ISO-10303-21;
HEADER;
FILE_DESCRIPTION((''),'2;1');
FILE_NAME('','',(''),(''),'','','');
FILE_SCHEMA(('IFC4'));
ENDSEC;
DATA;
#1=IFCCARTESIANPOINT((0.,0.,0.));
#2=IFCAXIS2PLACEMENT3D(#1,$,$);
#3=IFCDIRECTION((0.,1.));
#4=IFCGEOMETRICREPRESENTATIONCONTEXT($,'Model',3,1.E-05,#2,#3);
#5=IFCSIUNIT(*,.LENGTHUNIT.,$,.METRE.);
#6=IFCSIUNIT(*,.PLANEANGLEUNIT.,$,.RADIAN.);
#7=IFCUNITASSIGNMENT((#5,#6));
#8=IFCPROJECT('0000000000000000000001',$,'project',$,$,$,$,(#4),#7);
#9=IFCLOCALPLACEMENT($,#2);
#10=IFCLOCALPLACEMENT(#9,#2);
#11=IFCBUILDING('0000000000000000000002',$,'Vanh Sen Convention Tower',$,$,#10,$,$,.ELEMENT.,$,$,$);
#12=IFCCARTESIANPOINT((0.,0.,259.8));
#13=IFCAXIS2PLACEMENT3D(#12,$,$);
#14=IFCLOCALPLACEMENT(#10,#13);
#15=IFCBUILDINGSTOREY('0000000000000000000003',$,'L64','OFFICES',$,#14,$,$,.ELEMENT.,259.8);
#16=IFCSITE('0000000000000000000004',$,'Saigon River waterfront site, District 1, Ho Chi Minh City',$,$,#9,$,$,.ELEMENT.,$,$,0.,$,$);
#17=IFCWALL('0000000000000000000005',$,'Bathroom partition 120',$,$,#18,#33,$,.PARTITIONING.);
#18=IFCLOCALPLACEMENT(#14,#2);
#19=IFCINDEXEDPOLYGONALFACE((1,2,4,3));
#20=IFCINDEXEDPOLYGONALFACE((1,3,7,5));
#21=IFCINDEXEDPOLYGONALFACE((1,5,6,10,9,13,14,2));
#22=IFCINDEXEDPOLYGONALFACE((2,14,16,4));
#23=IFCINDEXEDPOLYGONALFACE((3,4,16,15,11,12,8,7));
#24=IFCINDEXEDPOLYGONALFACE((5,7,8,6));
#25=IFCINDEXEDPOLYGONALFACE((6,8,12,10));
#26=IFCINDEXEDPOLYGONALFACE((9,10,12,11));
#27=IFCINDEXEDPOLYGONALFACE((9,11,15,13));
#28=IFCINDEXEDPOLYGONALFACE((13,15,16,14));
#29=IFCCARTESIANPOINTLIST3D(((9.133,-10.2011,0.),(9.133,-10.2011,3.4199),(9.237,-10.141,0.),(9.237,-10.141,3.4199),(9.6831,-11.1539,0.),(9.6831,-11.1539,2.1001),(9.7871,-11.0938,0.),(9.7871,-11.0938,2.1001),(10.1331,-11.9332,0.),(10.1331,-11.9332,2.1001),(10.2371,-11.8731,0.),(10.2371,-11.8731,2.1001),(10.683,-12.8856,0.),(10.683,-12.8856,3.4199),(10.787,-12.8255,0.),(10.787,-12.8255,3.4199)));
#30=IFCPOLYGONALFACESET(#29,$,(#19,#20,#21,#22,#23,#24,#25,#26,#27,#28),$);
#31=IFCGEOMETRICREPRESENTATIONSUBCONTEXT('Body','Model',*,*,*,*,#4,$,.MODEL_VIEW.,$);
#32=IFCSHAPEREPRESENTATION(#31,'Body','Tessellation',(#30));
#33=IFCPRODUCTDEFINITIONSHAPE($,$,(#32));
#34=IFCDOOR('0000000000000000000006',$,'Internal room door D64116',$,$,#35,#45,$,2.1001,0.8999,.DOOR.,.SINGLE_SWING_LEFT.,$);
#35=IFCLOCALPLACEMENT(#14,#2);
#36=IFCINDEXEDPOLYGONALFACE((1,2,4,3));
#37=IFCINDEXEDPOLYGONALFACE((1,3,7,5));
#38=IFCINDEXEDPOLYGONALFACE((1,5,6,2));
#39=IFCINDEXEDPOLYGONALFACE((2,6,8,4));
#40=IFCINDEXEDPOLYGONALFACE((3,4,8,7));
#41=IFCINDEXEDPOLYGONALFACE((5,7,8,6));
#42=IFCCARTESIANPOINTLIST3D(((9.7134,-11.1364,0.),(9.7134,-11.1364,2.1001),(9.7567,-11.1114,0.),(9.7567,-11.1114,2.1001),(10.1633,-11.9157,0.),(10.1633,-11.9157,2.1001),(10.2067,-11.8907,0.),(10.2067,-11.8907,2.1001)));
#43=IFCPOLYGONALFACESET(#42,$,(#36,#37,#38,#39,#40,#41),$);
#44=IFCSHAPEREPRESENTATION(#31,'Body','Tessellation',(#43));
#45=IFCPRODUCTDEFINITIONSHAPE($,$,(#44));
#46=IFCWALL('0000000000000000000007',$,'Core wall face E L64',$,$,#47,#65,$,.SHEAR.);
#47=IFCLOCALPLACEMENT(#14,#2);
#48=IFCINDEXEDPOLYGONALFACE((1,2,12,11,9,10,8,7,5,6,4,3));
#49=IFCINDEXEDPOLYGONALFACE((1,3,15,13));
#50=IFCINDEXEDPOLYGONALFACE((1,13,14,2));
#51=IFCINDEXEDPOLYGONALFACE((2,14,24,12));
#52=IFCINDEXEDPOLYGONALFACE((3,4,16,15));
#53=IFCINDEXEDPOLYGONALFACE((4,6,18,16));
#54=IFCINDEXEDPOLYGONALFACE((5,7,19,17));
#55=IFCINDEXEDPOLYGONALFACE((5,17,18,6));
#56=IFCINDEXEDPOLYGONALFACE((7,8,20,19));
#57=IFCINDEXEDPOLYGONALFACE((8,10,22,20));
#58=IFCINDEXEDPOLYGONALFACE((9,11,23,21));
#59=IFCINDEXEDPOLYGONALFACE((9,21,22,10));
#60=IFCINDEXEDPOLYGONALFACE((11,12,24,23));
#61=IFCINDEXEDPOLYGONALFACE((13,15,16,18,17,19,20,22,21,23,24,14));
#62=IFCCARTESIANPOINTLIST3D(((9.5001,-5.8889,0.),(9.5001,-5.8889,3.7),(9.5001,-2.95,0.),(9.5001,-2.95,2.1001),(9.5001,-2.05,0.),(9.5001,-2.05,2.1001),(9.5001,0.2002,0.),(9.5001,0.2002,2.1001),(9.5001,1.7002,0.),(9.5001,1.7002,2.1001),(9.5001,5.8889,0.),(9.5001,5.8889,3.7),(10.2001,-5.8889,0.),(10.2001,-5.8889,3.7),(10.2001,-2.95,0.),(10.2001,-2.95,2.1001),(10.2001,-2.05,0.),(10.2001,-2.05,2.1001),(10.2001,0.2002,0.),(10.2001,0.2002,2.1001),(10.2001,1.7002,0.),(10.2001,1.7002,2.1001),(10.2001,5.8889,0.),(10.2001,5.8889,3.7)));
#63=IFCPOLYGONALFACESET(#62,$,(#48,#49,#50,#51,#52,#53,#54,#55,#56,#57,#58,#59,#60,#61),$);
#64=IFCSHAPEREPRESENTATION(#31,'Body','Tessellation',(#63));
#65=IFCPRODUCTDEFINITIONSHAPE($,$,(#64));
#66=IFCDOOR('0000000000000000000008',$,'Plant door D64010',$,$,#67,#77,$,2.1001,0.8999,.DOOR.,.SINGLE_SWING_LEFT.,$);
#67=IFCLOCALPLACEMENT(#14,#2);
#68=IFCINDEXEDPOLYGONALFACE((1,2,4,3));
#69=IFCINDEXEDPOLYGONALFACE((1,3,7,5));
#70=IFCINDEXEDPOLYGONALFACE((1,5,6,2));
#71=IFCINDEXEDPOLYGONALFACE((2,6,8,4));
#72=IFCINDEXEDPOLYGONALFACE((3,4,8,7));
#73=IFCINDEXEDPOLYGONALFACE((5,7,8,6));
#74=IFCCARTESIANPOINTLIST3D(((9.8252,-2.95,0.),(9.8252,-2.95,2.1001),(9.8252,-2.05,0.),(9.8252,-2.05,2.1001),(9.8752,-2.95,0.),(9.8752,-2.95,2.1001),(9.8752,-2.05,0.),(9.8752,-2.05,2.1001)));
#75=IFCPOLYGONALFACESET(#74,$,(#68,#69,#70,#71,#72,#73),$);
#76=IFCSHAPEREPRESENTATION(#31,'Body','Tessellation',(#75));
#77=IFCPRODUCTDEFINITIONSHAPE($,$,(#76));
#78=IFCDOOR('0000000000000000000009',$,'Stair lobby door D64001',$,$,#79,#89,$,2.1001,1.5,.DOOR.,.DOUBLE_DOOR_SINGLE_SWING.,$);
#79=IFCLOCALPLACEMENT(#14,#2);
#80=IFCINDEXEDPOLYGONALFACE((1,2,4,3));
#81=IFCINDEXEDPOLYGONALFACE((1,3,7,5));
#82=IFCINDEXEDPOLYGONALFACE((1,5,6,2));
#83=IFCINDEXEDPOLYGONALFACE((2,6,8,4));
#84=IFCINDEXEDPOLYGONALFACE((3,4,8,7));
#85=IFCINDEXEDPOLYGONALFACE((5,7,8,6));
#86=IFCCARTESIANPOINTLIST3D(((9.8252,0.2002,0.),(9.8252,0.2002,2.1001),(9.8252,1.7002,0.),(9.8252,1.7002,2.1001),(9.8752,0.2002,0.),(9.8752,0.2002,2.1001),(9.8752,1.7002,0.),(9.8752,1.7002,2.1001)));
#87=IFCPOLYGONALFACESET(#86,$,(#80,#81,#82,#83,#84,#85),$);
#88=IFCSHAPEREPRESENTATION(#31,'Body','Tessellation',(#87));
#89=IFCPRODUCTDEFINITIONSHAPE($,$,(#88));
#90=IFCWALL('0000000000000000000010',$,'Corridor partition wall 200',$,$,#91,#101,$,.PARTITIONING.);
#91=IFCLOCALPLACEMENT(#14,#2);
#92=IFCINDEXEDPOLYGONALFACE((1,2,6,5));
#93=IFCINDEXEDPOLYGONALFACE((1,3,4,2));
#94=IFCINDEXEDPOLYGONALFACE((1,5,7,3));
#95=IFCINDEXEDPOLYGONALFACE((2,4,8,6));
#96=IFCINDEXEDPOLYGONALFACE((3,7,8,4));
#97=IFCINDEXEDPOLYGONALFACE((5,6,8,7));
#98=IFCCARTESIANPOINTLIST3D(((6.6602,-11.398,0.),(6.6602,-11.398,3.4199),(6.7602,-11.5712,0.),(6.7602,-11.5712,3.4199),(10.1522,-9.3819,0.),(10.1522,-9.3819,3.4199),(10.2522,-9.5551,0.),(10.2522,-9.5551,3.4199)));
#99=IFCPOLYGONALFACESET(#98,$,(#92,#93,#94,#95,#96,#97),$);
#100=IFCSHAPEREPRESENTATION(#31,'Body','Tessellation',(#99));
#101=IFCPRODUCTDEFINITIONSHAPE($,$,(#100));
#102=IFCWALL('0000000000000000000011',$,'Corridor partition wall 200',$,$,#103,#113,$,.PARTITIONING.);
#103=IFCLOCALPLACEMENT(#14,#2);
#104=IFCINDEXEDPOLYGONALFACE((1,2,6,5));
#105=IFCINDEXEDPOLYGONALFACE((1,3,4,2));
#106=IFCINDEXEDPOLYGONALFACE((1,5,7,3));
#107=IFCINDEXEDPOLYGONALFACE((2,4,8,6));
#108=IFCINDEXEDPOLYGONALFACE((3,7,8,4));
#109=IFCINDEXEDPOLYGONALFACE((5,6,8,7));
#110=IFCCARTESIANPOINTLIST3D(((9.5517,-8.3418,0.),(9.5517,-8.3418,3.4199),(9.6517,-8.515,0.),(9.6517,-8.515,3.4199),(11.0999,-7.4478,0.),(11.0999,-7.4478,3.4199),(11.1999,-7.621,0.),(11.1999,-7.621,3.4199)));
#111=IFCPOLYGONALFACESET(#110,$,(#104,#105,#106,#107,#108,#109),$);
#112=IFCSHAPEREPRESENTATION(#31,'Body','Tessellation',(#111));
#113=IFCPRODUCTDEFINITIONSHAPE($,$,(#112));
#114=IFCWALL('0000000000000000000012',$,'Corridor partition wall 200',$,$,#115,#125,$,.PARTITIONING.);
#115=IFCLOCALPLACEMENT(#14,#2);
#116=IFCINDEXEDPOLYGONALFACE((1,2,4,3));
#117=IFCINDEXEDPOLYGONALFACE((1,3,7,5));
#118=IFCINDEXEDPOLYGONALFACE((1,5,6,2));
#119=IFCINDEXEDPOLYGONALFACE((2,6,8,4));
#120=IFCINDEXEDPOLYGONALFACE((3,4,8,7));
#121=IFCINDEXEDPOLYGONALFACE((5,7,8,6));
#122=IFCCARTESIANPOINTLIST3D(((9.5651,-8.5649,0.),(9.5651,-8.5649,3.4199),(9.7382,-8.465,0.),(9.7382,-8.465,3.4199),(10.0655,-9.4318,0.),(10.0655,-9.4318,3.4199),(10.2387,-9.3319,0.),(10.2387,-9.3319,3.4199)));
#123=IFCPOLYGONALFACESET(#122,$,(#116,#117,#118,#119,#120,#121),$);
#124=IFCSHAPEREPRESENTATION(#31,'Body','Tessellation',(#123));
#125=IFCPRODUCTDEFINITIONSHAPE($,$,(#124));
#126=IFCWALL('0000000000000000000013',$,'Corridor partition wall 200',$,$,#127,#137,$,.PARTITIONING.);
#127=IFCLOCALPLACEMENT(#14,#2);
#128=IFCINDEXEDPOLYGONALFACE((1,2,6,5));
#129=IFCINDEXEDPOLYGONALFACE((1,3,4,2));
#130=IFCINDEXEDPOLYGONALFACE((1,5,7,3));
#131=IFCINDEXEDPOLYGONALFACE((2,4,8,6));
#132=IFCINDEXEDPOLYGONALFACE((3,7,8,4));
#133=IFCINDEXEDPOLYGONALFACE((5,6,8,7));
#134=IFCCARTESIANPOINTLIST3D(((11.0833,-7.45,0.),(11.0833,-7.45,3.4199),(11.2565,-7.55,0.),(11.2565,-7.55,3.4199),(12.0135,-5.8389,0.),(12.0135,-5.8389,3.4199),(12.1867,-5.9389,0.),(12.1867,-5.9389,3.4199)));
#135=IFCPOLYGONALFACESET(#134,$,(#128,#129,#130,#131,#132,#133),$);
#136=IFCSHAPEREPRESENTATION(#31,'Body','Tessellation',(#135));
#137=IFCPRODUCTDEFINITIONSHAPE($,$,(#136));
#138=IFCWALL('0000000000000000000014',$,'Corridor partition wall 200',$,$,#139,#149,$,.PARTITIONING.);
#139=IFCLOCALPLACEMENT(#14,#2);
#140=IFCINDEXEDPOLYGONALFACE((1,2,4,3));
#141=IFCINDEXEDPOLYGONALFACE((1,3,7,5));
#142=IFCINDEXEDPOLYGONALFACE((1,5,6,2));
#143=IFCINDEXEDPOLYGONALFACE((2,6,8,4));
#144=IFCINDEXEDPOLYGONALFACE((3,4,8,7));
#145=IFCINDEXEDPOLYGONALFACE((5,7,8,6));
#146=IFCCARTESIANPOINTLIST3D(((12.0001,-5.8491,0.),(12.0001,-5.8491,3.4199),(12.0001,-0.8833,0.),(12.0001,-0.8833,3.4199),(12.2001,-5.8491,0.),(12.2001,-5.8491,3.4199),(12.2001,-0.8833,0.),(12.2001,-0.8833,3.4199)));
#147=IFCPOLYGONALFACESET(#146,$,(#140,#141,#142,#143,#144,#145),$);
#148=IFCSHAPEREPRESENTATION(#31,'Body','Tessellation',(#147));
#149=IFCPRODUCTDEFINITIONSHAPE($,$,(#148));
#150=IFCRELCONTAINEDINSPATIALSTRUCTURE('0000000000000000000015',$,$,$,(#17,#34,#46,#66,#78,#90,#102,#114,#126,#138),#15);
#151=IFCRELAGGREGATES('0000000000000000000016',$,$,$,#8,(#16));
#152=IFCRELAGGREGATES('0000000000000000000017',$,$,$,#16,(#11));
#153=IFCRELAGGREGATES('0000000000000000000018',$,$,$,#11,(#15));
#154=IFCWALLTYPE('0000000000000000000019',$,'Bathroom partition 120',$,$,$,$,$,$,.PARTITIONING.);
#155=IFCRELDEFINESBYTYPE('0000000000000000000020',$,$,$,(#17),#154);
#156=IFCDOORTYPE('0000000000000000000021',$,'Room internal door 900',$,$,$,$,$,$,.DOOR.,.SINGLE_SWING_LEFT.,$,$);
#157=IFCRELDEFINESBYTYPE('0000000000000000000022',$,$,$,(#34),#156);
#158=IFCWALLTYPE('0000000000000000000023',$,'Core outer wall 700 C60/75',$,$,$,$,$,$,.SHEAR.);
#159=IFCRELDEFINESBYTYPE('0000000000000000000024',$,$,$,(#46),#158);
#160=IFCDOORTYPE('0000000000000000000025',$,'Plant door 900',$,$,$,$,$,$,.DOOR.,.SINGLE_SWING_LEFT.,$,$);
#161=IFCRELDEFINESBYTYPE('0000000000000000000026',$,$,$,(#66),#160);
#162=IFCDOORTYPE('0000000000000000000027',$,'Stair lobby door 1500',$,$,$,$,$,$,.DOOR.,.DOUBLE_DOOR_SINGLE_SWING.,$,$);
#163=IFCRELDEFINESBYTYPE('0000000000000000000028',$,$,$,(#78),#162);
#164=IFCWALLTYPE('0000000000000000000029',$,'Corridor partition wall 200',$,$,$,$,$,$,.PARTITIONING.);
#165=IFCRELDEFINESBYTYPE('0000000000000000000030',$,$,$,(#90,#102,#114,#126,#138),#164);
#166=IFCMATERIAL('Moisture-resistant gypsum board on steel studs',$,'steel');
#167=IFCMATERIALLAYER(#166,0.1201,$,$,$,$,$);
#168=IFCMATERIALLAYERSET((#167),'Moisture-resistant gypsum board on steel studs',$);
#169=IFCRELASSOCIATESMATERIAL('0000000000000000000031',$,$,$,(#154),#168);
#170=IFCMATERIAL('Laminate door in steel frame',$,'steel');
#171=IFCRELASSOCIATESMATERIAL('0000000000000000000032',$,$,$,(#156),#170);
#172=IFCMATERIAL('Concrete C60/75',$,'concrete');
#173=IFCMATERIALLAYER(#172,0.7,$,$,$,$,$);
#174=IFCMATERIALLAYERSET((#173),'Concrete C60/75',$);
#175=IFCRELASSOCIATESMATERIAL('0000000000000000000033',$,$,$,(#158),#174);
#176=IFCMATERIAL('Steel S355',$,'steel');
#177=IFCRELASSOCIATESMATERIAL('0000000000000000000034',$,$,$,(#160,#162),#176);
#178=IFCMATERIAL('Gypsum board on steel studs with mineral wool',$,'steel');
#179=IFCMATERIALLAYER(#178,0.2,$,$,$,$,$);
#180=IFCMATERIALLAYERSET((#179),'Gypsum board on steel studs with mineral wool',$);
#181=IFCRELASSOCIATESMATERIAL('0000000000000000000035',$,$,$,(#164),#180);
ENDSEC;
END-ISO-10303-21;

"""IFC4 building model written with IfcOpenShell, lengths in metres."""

from ifc_helpers import new_model, si_unit, direction, frame, frame_2d, origin, place, context, subcontext, project, spatial, rectangle, extrude, material, layer, layer_set, type_object, element, fill, save


model = new_model("IFC4")

# Units and contexts
model_context = context("Model", 3, precision=1e-05, world=origin(), true_north=direction((0.0, 1.0)))
body_context = subcontext(model_context, "Body", "Model", "MODEL_VIEW")
ifc_project = project(units=[si_unit("LENGTHUNIT", "METRE"), si_unit("PLANEANGLEUNIT", "RADIAN")], contexts=[model_context])

# Site, building, storey
site_placement = place(None, origin())
site = spatial("IfcSite", under=ifc_project, at=site_placement, Name="Saigon River waterfront site, District 1, Ho Chi Minh City", CompositionType="ELEMENT", RefElevation=0.0)
building_placement = place(site_placement, origin())
building = spatial("IfcBuilding", under=site, at=building_placement, Name="Vanh Sen Convention Tower", CompositionType="ELEMENT")
storey_placement = place(building_placement, frame((0.0, 0.0, 259.8)))
storey = spatial("IfcBuildingStorey", under=building, at=storey_placement, Name="L64", Description="OFFICES", CompositionType="ELEMENT", Elevation=259.8)

# Shared definitions
ifc_material_1 = material(Name="Moisture-resistant gypsum board on steel studs", Category="steel")
ifc_layer_1 = layer(ifc_material_1, 0.1201)
ifc_layer_set_1 = layer_set([ifc_layer_1], Name="Moisture-resistant gypsum board on steel studs")
wall_type_1 = type_object("IfcWallType", Name="Bathroom partition 120", PredefinedType="PARTITIONING", material=ifc_layer_set_1)

# Wall, opening, door
wall_1_placement = place(storey_placement, frame((9.1851, -10.1711, 0.0), z_axis=(0.0, 0.0, 1.0), x_axis=(0.500027, -0.86601, 0.0)))
wall_1 = element("IfcWall", 1, at=wall_1_placement, inside=storey, type_object=wall_type_1, Name="Bathroom partition 120", PredefinedType="PARTITIONING", context=body_context, shape_type="SweptSolid", body=[
    extrude(rectangle(XDim=3.0999, YDim=0.1201, at=frame_2d((1.5498, 0.0))), origin(), (0.0, 0.0, 1.0), 3.4199),
])
opening_1_placement = place(wall_1_placement, frame((1.1001, 0.0, 0.0)))
opening_1 = element("IfcOpeningElement", 2, at=opening_1_placement, cuts=wall_1, PredefinedType="OPENING", context=body_context, shape_type="SweptSolid", body=[
    extrude(rectangle(XDim=0.8999, YDim=2.1001, at=frame_2d((0.45, 1.05))), frame((0.0, 0.0701, 0.0), z_axis=(0.0, -1.0, 0.0), x_axis=(1.0, 0.0, 0.0)), (0.0, 0.0, 1.0), 0.1401),
])
ifc_material_2 = material(Name="Laminate door in steel frame", Category="steel")
door_type_1 = type_object("IfcDoorType", Name="Room internal door 900", OperationType="SINGLE_SWING_LEFT", PredefinedType="DOOR", material=ifc_material_2)
door_1_placement = place(opening_1_placement, origin())
door_1 = element("IfcDoor", 3, at=door_1_placement, inside=storey, type_object=door_type_1, Name="Internal room door D64116", OperationType="SINGLE_SWING_LEFT", OverallHeight=2.1001, OverallWidth=0.8999, PredefinedType="DOOR", context=body_context, shape_type="SweptSolid", body=[
    extrude(rectangle(XDim=0.8999, YDim=2.1001, at=frame_2d((0.45, 1.05))), frame((0.0, 0.0249, 0.0), z_axis=(0.0, -1.0, 0.0), x_axis=(1.0, 0.0, 0.0)), (0.0, 0.0, 1.0), 0.05),
])
fill(opening_1, door_1)

# Wall, openings, doors
ifc_material_3 = material(Name="Concrete C60/75", Category="concrete")
ifc_layer_2 = layer(ifc_material_3, 0.7)
ifc_layer_set_2 = layer_set([ifc_layer_2], Name="Concrete C60/75")
wall_type_2 = type_object("IfcWallType", Name="Core outer wall 700 C60/75", PredefinedType="SHEAR", material=ifc_layer_set_2)
wall_2_placement = place(storey_placement, frame((9.8501, -5.8889, 0.0), z_axis=(0.0, 0.0, 1.0), x_axis=(0.0, 1.0, 0.0)))
wall_2 = element("IfcWall", 4, at=wall_2_placement, inside=storey, type_object=wall_type_2, Name="Core wall face E L64", PredefinedType="SHEAR", context=body_context, shape_type="SweptSolid", body=[
    extrude(rectangle(XDim=11.7778, YDim=0.7, at=frame_2d((5.8889, 0.0))), origin(), (0.0, 0.0, 1.0), 3.7),
])
opening_2_placement = place(wall_2_placement, frame((6.0891, 0.0, 0.0)))
opening_2 = element("IfcOpeningElement", 5, at=opening_2_placement, cuts=wall_2, PredefinedType="OPENING", context=body_context, shape_type="SweptSolid", body=[
    extrude(rectangle(XDim=1.5, YDim=2.1001, at=frame_2d((0.75, 1.05))), frame((0.0, 0.3599, 0.0), z_axis=(0.0, -1.0, 0.0), x_axis=(1.0, 0.0, 0.0)), (0.0, 0.0, 1.0), 0.72),
])
opening_3_placement = place(wall_2_placement, frame((2.939, 0.0, 0.0)))
opening_3 = element("IfcOpeningElement", 6, at=opening_3_placement, cuts=wall_2, PredefinedType="OPENING", context=body_context, shape_type="SweptSolid", body=[
    extrude(rectangle(XDim=0.8999, YDim=2.1001, at=frame_2d((0.45, 1.05))), frame((0.0, 0.3599, 0.0), z_axis=(0.0, -1.0, 0.0), x_axis=(1.0, 0.0, 0.0)), (0.0, 0.0, 1.0), 0.72),
])
ifc_material_4 = material(Name="Steel S355", Category="steel")
door_type_2 = type_object("IfcDoorType", Name="Plant door 900", OperationType="SINGLE_SWING_LEFT", PredefinedType="DOOR", material=ifc_material_4)
door_2_placement = place(opening_3_placement, origin())
door_2 = element("IfcDoor", 7, at=door_2_placement, inside=storey, type_object=door_type_2, Name="Plant door D64010", OperationType="SINGLE_SWING_LEFT", OverallHeight=2.1001, OverallWidth=0.8999, PredefinedType="DOOR", context=body_context, shape_type="SweptSolid", body=[
    extrude(rectangle(XDim=0.8999, YDim=2.1001, at=frame_2d((0.45, 1.05))), frame((0.0, 0.0249, 0.0), z_axis=(0.0, -1.0, 0.0), x_axis=(1.0, 0.0, 0.0)), (0.0, 0.0, 1.0), 0.05),
])
fill(opening_3, door_2)
door_type_3 = type_object("IfcDoorType", Name="Stair lobby door 1500", OperationType="DOUBLE_DOOR_SINGLE_SWING", PredefinedType="DOOR", material=ifc_material_4)
door_3_placement = place(opening_2_placement, origin())
door_3 = element("IfcDoor", 8, at=door_3_placement, inside=storey, type_object=door_type_3, Name="Stair lobby door D64001", OperationType="DOUBLE_DOOR_SINGLE_SWING", OverallHeight=2.1001, OverallWidth=1.5, PredefinedType="DOOR", context=body_context, shape_type="SweptSolid", body=[
    extrude(rectangle(XDim=1.5, YDim=2.1001, at=frame_2d((0.75, 1.05))), frame((0.0, 0.0249, 0.0), z_axis=(0.0, -1.0, 0.0), x_axis=(1.0, 0.0, 0.0)), (0.0, 0.0, 1.0), 0.05),
])
fill(opening_2, door_3)

# Walls
ifc_material_5 = material(Name="Gypsum board on steel studs with mineral wool", Category="steel")
ifc_layer_3 = layer(ifc_material_5, 0.2)
ifc_layer_set_3 = layer_set([ifc_layer_3], Name="Gypsum board on steel studs with mineral wool")
wall_type_3 = type_object("IfcWallType", Name="Corridor partition wall 200", PredefinedType="PARTITIONING", material=ifc_layer_set_3)
wall_3_placement = place(storey_placement, frame((6.7102, -11.4846, 0.0), z_axis=(0.0, 0.0, 1.0), x_axis=(0.866021, 0.500007, 0.0)))
element("IfcWall", 9, at=wall_3_placement, inside=storey, type_object=wall_type_3, Name="Corridor partition wall 200", PredefinedType="PARTITIONING", context=body_context, shape_type="SweptSolid", body=[
    extrude(rectangle(XDim=4.0322, YDim=0.2, at=frame_2d((2.0161, 0.0))), origin(), (0.0, 0.0, 1.0), 3.4199),
])
wall_4_placement = place(storey_placement, frame((9.6016, -8.4285, 0.0), z_axis=(0.0, 0.0, 1.0), x_axis=(0.865999, 0.500046, 0.0)))
element("IfcWall", 10, at=wall_4_placement, inside=storey, type_object=wall_type_3, Name="Corridor partition wall 200", PredefinedType="PARTITIONING", context=body_context, shape_type="SweptSolid", body=[
    extrude(rectangle(XDim=1.7878, YDim=0.2, at=frame_2d((0.894, 0.0))), origin(), (0.0, 0.0, 1.0), 3.4199),
])
wall_5_placement = place(storey_placement, frame((10.1521, -9.3818, 0.0), z_axis=(0.0, 0.0, 1.0), x_axis=(-0.499969, 0.866043, 0.0)))
element("IfcWall", 11, at=wall_5_placement, inside=storey, type_object=wall_type_3, Name="Corridor partition wall 200", PredefinedType="PARTITIONING", context=body_context, shape_type="SweptSolid", body=[
    extrude(rectangle(XDim=1.001, YDim=0.2, at=frame_2d((0.5005, 0.0))), origin(), (0.0, 0.0, 1.0), 3.4199),
])
wall_6_placement = place(storey_placement, frame((11.1699, -7.5, 0.0), z_axis=(0.0, 0.0, 1.0), x_axis=(0.500006, 0.866022, 0.0)))
element("IfcWall", 12, at=wall_6_placement, inside=storey, type_object=wall_type_3, Name="Corridor partition wall 200", PredefinedType="PARTITIONING", context=body_context, shape_type="SweptSolid", body=[
    extrude(rectangle(XDim=1.8604, YDim=0.2, at=frame_2d((0.9302, 0.0))), origin(), (0.0, 0.0, 1.0), 3.4199),
])
wall_7_placement = place(storey_placement, frame((12.1001, -5.8491, 0.0), z_axis=(0.0, 0.0, 1.0), x_axis=(0.0, 1.0, 0.0)))
element("IfcWall", 13, at=wall_7_placement, inside=storey, type_object=wall_type_3, Name="Corridor partition wall 200", PredefinedType="PARTITIONING", context=body_context, shape_type="SweptSolid", body=[
    extrude(rectangle(XDim=4.9658, YDim=0.2, at=frame_2d((2.4829, 0.0))), origin(), (0.0, 0.0, 1.0), 3.4199),
])

save(model, "model.ifc")
